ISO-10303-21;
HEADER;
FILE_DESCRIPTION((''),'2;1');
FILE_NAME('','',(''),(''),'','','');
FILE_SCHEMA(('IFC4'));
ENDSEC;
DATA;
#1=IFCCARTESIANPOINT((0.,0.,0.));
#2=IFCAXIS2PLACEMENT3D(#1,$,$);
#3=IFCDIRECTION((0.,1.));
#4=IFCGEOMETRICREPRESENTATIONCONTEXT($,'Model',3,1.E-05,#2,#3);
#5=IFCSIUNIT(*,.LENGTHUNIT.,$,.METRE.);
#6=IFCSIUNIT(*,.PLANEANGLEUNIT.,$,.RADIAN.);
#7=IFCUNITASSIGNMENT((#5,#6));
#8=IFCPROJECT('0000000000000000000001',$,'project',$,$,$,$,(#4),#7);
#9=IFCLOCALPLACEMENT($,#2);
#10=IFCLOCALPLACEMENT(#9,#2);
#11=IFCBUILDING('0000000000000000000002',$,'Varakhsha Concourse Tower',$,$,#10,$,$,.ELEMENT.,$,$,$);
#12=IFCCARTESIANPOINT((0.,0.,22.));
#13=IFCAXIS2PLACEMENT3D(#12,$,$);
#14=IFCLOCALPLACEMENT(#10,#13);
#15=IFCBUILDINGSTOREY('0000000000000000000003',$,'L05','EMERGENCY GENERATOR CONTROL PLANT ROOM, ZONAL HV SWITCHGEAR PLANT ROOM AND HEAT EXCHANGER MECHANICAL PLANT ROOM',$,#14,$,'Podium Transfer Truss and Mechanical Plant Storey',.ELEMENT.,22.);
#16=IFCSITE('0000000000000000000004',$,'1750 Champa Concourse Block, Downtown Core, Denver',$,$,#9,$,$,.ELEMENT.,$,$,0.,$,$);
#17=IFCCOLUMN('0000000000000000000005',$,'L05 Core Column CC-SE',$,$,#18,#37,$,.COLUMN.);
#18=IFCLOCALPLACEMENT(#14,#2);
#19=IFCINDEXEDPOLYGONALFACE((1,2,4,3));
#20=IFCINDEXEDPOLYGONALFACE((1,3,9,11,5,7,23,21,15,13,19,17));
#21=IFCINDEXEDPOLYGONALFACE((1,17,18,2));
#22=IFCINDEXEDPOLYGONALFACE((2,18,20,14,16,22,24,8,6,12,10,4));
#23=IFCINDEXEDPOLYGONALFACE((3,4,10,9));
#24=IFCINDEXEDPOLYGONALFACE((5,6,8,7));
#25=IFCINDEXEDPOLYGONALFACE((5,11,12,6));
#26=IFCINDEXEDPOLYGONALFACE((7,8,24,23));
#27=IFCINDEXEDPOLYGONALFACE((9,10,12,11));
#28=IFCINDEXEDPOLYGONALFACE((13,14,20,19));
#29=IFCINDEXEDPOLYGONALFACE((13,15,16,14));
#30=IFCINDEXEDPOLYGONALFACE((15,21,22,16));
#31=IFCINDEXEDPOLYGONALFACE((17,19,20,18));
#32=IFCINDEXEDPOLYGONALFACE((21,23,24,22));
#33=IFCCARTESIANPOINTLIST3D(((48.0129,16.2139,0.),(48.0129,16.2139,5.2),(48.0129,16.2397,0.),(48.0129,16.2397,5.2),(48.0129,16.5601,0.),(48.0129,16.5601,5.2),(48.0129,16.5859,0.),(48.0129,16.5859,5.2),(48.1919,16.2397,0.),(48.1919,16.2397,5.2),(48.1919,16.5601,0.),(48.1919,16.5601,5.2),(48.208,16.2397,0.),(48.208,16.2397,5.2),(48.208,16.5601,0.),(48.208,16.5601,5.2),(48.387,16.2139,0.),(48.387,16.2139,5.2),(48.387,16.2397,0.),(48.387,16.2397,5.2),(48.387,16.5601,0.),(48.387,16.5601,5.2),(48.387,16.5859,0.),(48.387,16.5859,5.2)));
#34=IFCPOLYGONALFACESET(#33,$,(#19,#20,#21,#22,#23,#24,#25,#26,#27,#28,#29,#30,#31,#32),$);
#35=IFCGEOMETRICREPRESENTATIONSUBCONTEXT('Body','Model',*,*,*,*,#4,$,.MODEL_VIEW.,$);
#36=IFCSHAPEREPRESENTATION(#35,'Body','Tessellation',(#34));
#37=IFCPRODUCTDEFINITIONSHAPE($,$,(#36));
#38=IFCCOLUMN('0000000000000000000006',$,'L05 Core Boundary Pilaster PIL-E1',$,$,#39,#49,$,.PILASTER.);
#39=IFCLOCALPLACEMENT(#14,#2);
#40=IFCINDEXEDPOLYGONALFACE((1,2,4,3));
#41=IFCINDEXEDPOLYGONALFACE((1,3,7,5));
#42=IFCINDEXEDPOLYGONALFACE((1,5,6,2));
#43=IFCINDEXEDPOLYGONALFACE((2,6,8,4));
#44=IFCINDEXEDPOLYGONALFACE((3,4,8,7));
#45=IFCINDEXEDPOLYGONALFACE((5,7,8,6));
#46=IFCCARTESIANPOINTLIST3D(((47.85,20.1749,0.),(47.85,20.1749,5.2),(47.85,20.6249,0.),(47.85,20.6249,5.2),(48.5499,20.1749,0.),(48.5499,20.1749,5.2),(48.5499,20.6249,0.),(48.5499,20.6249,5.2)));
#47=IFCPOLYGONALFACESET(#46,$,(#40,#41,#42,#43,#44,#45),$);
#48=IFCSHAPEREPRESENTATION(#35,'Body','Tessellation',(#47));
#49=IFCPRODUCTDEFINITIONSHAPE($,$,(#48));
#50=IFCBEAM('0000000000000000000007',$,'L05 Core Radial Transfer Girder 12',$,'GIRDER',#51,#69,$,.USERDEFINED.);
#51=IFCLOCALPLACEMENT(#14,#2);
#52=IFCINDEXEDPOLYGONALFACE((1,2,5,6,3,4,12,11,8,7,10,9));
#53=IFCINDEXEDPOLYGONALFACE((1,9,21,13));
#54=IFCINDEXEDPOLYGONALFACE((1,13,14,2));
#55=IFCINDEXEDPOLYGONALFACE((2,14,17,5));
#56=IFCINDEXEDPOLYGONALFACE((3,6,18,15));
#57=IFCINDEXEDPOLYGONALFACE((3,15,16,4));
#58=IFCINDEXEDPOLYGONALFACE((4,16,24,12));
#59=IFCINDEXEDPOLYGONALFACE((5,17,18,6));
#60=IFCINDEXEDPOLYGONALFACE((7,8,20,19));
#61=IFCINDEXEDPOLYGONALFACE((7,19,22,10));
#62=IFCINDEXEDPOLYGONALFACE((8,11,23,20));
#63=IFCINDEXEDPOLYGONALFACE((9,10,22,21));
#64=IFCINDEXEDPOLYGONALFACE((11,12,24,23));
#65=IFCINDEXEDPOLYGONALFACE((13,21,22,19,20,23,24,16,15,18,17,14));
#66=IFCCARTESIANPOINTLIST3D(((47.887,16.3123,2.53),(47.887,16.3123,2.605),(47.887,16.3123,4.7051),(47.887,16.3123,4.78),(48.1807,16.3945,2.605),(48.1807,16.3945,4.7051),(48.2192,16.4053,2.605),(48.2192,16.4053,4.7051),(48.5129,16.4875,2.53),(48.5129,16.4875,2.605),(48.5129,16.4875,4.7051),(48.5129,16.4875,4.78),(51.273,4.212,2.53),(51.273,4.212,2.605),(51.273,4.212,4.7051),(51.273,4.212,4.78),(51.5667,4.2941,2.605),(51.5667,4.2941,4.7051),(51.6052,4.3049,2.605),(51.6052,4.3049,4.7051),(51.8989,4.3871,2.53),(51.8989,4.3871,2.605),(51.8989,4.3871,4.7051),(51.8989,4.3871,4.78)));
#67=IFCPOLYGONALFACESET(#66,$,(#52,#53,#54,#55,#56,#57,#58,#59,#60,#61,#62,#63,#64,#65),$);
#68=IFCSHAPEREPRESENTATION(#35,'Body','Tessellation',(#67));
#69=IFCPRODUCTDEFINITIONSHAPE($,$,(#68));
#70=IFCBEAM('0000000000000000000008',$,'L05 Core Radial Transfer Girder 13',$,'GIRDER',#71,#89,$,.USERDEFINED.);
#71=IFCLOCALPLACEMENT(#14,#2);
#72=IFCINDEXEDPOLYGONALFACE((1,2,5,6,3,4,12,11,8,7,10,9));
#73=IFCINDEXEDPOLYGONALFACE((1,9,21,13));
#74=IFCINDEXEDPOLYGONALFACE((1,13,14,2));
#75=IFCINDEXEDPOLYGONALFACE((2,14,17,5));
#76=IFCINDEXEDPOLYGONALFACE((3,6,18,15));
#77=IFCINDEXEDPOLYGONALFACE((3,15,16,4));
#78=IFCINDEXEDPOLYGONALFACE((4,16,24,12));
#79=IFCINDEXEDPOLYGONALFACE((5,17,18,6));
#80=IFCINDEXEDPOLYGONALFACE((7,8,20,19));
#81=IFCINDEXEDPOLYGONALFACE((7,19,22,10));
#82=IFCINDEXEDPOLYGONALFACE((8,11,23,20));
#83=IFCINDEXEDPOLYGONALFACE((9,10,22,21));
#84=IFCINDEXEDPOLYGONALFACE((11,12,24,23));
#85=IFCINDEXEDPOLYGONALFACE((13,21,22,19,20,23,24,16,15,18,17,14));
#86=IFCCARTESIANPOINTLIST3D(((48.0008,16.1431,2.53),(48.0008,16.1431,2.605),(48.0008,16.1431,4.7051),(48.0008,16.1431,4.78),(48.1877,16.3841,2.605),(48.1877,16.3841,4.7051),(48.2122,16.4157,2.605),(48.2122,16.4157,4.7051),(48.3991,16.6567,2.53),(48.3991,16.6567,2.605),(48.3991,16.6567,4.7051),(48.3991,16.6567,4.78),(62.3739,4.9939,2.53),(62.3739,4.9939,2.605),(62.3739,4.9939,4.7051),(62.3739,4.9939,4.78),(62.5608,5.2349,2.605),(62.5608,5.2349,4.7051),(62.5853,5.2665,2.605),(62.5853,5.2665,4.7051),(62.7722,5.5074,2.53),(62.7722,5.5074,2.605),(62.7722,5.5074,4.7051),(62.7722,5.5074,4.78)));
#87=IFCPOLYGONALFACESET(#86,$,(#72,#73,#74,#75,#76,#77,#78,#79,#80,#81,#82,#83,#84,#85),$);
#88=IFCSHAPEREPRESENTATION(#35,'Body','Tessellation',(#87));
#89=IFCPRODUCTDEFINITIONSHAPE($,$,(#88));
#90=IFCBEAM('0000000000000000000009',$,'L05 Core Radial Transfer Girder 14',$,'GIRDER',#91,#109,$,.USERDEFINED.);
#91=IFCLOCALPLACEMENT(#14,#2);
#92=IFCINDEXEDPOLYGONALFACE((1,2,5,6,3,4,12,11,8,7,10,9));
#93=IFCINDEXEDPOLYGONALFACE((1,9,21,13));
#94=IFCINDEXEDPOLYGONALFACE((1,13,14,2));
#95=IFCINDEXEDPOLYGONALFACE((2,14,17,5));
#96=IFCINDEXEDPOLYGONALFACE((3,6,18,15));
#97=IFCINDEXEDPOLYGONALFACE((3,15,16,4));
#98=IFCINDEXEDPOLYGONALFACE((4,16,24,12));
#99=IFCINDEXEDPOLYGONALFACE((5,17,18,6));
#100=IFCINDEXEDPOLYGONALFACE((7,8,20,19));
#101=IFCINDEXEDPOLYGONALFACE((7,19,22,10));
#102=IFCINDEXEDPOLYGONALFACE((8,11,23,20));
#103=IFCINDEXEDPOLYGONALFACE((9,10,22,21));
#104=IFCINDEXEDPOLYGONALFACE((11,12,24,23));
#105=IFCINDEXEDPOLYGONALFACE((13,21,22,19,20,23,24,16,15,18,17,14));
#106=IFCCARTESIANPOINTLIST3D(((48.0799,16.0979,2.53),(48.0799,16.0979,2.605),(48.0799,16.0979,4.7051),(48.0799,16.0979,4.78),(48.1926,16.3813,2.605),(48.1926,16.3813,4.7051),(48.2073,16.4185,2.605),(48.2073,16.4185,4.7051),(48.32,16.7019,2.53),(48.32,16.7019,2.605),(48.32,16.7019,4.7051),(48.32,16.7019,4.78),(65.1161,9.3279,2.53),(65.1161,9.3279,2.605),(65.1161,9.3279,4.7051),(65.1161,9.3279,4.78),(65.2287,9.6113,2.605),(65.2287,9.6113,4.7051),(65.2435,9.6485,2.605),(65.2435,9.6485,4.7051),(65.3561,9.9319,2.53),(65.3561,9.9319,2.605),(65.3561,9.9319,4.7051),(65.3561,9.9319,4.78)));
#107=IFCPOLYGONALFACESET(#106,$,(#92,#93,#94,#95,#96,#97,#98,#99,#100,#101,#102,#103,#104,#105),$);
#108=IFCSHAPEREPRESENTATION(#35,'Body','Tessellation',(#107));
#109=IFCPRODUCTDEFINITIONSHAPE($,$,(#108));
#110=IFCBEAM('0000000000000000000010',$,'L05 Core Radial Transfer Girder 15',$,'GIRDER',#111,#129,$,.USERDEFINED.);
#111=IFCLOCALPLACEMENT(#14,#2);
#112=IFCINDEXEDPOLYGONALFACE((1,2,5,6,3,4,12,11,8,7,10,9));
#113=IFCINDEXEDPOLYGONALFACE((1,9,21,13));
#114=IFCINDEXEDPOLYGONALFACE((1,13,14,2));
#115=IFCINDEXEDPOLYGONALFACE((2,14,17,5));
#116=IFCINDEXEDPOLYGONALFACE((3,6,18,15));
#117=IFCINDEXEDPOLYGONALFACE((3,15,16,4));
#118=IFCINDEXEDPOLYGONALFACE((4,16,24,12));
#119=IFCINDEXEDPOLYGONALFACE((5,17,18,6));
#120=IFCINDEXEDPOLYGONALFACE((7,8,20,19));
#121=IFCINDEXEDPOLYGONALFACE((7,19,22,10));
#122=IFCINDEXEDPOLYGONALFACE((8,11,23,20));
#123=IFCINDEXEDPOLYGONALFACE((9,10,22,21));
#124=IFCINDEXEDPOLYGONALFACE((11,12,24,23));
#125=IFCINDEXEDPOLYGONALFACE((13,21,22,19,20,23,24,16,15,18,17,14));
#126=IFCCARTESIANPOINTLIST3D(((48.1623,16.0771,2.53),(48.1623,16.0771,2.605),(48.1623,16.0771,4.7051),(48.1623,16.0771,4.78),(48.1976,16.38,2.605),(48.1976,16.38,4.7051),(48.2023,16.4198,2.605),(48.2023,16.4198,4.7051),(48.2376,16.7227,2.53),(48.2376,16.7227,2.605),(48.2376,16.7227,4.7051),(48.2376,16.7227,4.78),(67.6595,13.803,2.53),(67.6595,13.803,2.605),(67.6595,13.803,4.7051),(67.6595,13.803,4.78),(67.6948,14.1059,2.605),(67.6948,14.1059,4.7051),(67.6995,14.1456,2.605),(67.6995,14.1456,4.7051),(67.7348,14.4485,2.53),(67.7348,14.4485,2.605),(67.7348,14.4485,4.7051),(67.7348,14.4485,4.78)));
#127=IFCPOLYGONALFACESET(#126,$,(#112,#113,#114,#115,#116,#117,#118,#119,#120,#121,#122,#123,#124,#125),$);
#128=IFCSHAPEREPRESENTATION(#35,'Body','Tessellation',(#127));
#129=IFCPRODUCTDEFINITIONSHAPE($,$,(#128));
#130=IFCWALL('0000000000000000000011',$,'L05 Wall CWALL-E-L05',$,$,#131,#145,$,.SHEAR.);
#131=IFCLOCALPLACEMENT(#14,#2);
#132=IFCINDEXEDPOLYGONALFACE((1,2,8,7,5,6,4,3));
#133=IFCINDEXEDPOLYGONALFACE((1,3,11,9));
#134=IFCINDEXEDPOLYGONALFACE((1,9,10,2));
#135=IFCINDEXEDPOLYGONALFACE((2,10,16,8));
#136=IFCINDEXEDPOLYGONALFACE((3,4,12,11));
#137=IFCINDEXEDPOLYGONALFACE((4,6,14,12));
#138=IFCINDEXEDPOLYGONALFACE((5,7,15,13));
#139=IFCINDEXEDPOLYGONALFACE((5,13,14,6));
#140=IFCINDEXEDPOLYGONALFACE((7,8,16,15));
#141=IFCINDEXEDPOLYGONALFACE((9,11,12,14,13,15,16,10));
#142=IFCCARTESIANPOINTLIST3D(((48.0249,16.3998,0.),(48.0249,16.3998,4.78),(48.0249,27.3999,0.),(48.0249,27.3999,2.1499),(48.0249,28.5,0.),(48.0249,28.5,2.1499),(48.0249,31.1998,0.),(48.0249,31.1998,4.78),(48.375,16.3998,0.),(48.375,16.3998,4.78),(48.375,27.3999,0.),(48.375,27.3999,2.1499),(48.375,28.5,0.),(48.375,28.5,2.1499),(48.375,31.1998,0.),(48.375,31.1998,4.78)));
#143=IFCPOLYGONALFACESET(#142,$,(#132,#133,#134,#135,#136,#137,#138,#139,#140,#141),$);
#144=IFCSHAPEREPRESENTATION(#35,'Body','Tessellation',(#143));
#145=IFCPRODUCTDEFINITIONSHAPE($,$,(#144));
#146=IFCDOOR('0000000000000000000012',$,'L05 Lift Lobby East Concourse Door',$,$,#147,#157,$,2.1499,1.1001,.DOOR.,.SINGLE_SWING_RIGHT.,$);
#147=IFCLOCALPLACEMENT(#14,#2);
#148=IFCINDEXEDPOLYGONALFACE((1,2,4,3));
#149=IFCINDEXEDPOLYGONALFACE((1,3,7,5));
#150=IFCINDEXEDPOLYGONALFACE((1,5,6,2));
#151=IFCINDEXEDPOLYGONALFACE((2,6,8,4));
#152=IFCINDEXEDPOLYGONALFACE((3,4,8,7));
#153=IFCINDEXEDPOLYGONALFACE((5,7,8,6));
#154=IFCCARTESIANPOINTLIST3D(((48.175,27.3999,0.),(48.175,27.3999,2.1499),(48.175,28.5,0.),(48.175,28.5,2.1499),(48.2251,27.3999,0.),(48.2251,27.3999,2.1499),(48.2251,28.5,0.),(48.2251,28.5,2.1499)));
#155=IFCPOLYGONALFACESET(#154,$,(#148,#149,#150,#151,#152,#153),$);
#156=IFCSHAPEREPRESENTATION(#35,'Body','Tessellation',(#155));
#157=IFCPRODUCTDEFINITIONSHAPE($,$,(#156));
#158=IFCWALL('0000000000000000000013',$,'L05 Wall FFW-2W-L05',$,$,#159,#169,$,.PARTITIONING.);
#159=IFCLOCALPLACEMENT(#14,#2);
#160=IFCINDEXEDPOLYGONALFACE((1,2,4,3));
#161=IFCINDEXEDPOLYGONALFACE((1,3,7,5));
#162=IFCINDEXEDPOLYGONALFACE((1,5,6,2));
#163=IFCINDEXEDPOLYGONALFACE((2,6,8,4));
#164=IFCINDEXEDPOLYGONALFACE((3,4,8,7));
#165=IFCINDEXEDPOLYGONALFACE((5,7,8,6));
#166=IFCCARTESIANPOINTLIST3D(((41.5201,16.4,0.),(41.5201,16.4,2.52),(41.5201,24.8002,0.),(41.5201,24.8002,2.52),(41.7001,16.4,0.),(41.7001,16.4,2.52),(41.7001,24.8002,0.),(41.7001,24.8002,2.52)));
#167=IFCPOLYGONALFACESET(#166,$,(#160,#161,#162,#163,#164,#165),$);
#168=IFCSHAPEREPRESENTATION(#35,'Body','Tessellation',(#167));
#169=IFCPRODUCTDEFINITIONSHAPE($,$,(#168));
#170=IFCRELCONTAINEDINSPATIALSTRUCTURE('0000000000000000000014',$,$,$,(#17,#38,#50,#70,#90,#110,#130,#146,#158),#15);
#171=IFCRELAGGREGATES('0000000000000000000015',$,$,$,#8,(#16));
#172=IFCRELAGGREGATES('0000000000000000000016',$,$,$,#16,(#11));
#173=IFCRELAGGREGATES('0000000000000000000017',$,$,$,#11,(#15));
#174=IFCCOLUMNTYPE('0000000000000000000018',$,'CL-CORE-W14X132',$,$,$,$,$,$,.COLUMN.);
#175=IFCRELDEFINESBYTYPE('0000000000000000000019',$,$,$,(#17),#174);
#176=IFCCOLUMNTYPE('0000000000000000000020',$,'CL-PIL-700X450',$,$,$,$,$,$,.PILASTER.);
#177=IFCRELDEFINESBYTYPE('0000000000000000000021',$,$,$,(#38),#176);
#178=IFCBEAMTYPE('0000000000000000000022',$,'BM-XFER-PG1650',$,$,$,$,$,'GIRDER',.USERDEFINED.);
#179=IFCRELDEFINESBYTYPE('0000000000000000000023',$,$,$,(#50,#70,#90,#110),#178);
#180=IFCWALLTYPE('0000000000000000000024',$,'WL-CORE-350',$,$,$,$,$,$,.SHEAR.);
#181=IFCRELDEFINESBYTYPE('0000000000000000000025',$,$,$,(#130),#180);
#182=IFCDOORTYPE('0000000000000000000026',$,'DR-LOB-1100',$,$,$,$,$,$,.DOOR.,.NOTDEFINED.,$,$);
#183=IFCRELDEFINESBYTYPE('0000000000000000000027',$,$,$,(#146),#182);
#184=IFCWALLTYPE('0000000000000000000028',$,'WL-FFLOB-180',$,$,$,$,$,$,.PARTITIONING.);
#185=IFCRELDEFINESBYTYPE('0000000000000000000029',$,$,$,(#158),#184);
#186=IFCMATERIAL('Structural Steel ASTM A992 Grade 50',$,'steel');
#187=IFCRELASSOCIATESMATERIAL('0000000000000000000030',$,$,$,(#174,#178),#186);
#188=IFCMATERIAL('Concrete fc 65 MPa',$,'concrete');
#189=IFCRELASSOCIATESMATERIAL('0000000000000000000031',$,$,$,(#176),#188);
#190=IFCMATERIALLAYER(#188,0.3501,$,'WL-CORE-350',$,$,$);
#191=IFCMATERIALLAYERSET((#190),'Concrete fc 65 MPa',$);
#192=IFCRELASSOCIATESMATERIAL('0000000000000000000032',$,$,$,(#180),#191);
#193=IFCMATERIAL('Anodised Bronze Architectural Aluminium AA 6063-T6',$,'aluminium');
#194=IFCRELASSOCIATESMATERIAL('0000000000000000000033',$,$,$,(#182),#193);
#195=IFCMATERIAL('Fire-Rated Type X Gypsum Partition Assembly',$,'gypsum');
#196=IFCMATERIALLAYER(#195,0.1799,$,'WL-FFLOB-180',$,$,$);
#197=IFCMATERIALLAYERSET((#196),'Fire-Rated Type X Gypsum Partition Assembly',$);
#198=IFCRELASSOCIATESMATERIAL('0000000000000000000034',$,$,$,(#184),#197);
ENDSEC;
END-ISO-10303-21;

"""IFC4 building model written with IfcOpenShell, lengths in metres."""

from ifc_helpers import new_model, si_unit, direction, frame, frame_2d, origin, origin_2d, place, context, subcontext, project, spatial, rectangle, i_section, extrude, material, layer, layer_set, material_profile, profile_set, type_object, element, fill, save


model = new_model("IFC4")

# Units and contexts
model_context = context("Model", 3, precision=1e-05, world=origin(), true_north=direction((0.0, 1.0)))
body_context = subcontext(model_context, "Body", "Model", "MODEL_VIEW")
ifc_project = project(units=[si_unit("LENGTHUNIT", "METRE"), si_unit("PLANEANGLEUNIT", "RADIAN")], contexts=[model_context])

# Site, building, storey
site_placement = place(None, origin())
site = spatial("IfcSite", under=ifc_project, at=site_placement, Name="1750 Champa Concourse Block, Downtown Core, Denver", CompositionType="ELEMENT", RefElevation=0.0)
building_placement = place(site_placement, origin())
building = spatial("IfcBuilding", under=site, at=building_placement, Name="Varakhsha Concourse Tower", CompositionType="ELEMENT")
storey_placement = place(building_placement, frame((0.0, 0.0, 22.0)))
storey = spatial("IfcBuildingStorey", under=building, at=storey_placement, Name="L05", Description="EMERGENCY GENERATOR CONTROL PLANT ROOM, ZONAL HV SWITCHGEAR PLANT ROOM AND HEAT EXCHANGER MECHANICAL PLANT ROOM", LongName="Podium Transfer Truss and Mechanical Plant Storey", CompositionType="ELEMENT", Elevation=22.0)

# Columns
ifc_material_1 = material(Name="Structural Steel ASTM A992 Grade 50", Category="steel")
ifc_material_profile_1 = material_profile(ifc_material_1, i_section(OverallWidth=0.374, OverallDepth=0.3721, WebThickness=0.0161, FlangeThickness=0.0259, at=origin_2d()), Name="W14X132")
ifc_profile_set_1 = profile_set([ifc_material_profile_1], Name="Structural Steel ASTM A992 Grade 50")
column_type_1 = type_object("IfcColumnType", Name="CL-CORE-W14X132", PredefinedType="COLUMN", material=ifc_profile_set_1)
column_1_placement = place(storey_placement, frame((48.2, 16.3999, 0.0), z_axis=(0.0, 0.0, 1.0), x_axis=(1.0, 0.0, 0.0)))
element("IfcColumn", 1, at=column_1_placement, inside=storey, type_object=column_type_1, Name="L05 Core Column CC-SE", PredefinedType="COLUMN", context=body_context, shape_type="SweptSolid", body=[
    extrude(i_section(OverallWidth=0.374, OverallDepth=0.3721, WebThickness=0.0161, FlangeThickness=0.0259, at=origin_2d()), origin(), (0.0, 0.0, 1.0), 5.2),
])
ifc_material_2 = material(Name="Concrete fc 65 MPa", Category="concrete")
ifc_material_profile_2 = material_profile(ifc_material_2, rectangle(XDim=0.7, YDim=0.45, at=origin_2d()), Name="RC 700x450")
ifc_profile_set_2 = profile_set([ifc_material_profile_2], Name="Concrete fc 65 MPa")
column_type_2 = type_object("IfcColumnType", Name="CL-PIL-700X450", PredefinedType="PILASTER", material=ifc_profile_set_2)
column_2_placement = place(storey_placement, frame((48.2, 20.3999, 0.0), z_axis=(0.0, 0.0, 1.0), x_axis=(1.0, 0.0, 0.0)))
element("IfcColumn", 2, at=column_2_placement, inside=storey, type_object=column_type_2, Name="L05 Core Boundary Pilaster PIL-E1", PredefinedType="PILASTER", context=body_context, shape_type="SweptSolid", body=[
    extrude(rectangle(XDim=0.7, YDim=0.45, at=origin_2d()), origin(), (0.0, 0.0, 1.0), 5.2),
])

# Beams
ifc_material_profile_3 = material_profile(ifc_material_1, i_section(OverallWidth=0.6499, OverallDepth=2.25, WebThickness=0.04, FlangeThickness=0.075, at=origin_2d()), Name="PG 2250x650x75x40")
ifc_profile_set_3 = profile_set([ifc_material_profile_3], Name="Structural Steel ASTM A992 Grade 50")
beam_type = type_object("IfcBeamType", Name="BM-XFER-PG1650", ElementType="GIRDER", PredefinedType="USERDEFINED", material=ifc_profile_set_3)
beam_1_placement = place(storey_placement, frame((48.2, 16.3999, 3.655), z_axis=(0.269474, -0.963008, 0.0), x_axis=(0.963008, 0.269474, 0.0)))
element("IfcBeam", 3, at=beam_1_placement, inside=storey, type_object=beam_type, Name="L05 Core Radial Transfer Girder 12", ObjectType="GIRDER", PredefinedType="USERDEFINED", context=body_context, shape_type="SweptSolid", body=[
    extrude(i_section(OverallWidth=0.6499, OverallDepth=2.25, WebThickness=0.04, FlangeThickness=0.075, at=origin_2d()), origin(), (0.0, 0.0, 1.0), 12.5652),
])
beam_2_placement = place(storey_placement, frame((48.2, 16.3999, 3.655), z_axis=(0.790147, -0.612917, 0.0), x_axis=(0.612917, 0.790147, 0.0)))
element("IfcBeam", 4, at=beam_2_placement, inside=storey, type_object=beam_type, Name="L05 Core Radial Transfer Girder 13", ObjectType="GIRDER", PredefinedType="USERDEFINED", context=body_context, shape_type="SweptSolid", body=[
    extrude(i_section(OverallWidth=0.6499, OverallDepth=2.25, WebThickness=0.04, FlangeThickness=0.075, at=origin_2d()), origin(), (0.0, 0.0, 1.0), 18.1904),
])
beam_3_placement = place(storey_placement, frame((48.2, 16.3999, 3.655), z_axis=(0.92931, -0.3693, 0.0), x_axis=(0.3693, 0.92931, 0.0)))
element("IfcBeam", 5, at=beam_3_placement, inside=storey, type_object=beam_type, Name="L05 Core Radial Transfer Girder 14", ObjectType="GIRDER", PredefinedType="USERDEFINED", context=body_context, shape_type="SweptSolid", body=[
    extrude(i_section(OverallWidth=0.6499, OverallDepth=2.25, WebThickness=0.04, FlangeThickness=0.075, at=origin_2d()), origin(), (0.0, 0.0, 1.0), 18.332),
])
beam_4_placement = place(storey_placement, frame((48.2, 16.3999, 3.655), z_axis=(0.993266, -0.115855, 0.0), x_axis=(0.115855, 0.993266, 0.0)))
element("IfcBeam", 6, at=beam_4_placement, inside=storey, type_object=beam_type, Name="L05 Core Radial Transfer Girder 15", ObjectType="GIRDER", PredefinedType="USERDEFINED", context=body_context, shape_type="SweptSolid", body=[
    extrude(i_section(OverallWidth=0.6499, OverallDepth=2.25, WebThickness=0.04, FlangeThickness=0.075, at=origin_2d()), origin(), (0.0, 0.0, 1.0), 19.6294),
])

# Wall, opening, door
ifc_layer_1 = layer(ifc_material_2, 0.3501, Name="WL-CORE-350")
ifc_layer_set_1 = layer_set([ifc_layer_1], Name="Concrete fc 65 MPa")
wall_type_1 = type_object("IfcWallType", Name="WL-CORE-350", PredefinedType="SHEAR", material=ifc_layer_set_1)
wall_1_placement = place(storey_placement, frame((48.2, 16.3999, 0.0), z_axis=(0.0, 0.0, 1.0), x_axis=(0.0, 1.0, 0.0)))
wall_1 = element("IfcWall", 7, at=wall_1_placement, inside=storey, type_object=wall_type_1, Name="L05 Wall CWALL-E-L05", PredefinedType="SHEAR", context=body_context, shape_type="SweptSolid", body=[
    extrude(rectangle(XDim=14.8, YDim=0.3501, at=frame_2d((7.3999, 0.0))), origin(), (0.0, 0.0, 1.0), 4.78),
])
opening_1_placement = place(wall_1_placement, frame((11.0, 0.0, 0.0)))
opening_1 = element("IfcOpeningElement", 8, at=opening_1_placement, cuts=wall_1, PredefinedType="OPENING", context=body_context, shape_type="SweptSolid", body=[
    extrude(rectangle(XDim=1.1001, YDim=2.1499, at=frame_2d((0.55, 1.075))), frame((0.0, 0.1851, 0.0), z_axis=(0.0, -1.0, 0.0), x_axis=(1.0, 0.0, 0.0)), (0.0, 0.0, 1.0), 0.3701),
])
ifc_material_3 = material(Name="Anodised Bronze Architectural Aluminium AA 6063-T6", Category="aluminium")
door_type_1 = type_object("IfcDoorType", Name="DR-LOB-1100", OperationType="NOTDEFINED", PredefinedType="DOOR", material=ifc_material_3)
door_1_placement = place(opening_1_placement, origin())
door_1 = element("IfcDoor", 9, at=door_1_placement, inside=storey, type_object=door_type_1, Name="L05 Lift Lobby East Concourse Door", OperationType="SINGLE_SWING_RIGHT", OverallHeight=2.1499, OverallWidth=1.1001, PredefinedType="DOOR", context=body_context, shape_type="SweptSolid", body=[
    extrude(rectangle(XDim=1.1001, YDim=2.1499, at=frame_2d((0.55, 1.075))), frame((0.0, 0.0249, 0.0), z_axis=(0.0, -1.0, 0.0), x_axis=(1.0, 0.0, 0.0)), (0.0, 0.0, 1.0), 0.05),
])
fill(opening_1, door_1)

# Wall
ifc_material_4 = material(Name="Fire-Rated Type X Gypsum Partition Assembly", Category="gypsum")
ifc_layer_2 = layer(ifc_material_4, 0.1799, Name="WL-FFLOB-180")
ifc_layer_set_2 = layer_set([ifc_layer_2], Name="Fire-Rated Type X Gypsum Partition Assembly")
wall_type_2 = type_object("IfcWallType", Name="WL-FFLOB-180", PredefinedType="PARTITIONING", material=ifc_layer_set_2)
wall_2_placement = place(storey_placement, frame((41.6101, 16.3999, 0.0), z_axis=(0.0, 0.0, 1.0), x_axis=(0.0, 1.0, 0.0)))
element("IfcWall", 10, at=wall_2_placement, inside=storey, type_object=wall_type_2, Name="L05 Wall FFW-2W-L05", PredefinedType="PARTITIONING", context=body_context, shape_type="SweptSolid", body=[
    extrude(rectangle(XDim=8.4001, YDim=0.1799, at=frame_2d((4.2002, 0.0))), origin(), (0.0, 0.0, 1.0), 2.52),
])

save(model, "model.ifc")
